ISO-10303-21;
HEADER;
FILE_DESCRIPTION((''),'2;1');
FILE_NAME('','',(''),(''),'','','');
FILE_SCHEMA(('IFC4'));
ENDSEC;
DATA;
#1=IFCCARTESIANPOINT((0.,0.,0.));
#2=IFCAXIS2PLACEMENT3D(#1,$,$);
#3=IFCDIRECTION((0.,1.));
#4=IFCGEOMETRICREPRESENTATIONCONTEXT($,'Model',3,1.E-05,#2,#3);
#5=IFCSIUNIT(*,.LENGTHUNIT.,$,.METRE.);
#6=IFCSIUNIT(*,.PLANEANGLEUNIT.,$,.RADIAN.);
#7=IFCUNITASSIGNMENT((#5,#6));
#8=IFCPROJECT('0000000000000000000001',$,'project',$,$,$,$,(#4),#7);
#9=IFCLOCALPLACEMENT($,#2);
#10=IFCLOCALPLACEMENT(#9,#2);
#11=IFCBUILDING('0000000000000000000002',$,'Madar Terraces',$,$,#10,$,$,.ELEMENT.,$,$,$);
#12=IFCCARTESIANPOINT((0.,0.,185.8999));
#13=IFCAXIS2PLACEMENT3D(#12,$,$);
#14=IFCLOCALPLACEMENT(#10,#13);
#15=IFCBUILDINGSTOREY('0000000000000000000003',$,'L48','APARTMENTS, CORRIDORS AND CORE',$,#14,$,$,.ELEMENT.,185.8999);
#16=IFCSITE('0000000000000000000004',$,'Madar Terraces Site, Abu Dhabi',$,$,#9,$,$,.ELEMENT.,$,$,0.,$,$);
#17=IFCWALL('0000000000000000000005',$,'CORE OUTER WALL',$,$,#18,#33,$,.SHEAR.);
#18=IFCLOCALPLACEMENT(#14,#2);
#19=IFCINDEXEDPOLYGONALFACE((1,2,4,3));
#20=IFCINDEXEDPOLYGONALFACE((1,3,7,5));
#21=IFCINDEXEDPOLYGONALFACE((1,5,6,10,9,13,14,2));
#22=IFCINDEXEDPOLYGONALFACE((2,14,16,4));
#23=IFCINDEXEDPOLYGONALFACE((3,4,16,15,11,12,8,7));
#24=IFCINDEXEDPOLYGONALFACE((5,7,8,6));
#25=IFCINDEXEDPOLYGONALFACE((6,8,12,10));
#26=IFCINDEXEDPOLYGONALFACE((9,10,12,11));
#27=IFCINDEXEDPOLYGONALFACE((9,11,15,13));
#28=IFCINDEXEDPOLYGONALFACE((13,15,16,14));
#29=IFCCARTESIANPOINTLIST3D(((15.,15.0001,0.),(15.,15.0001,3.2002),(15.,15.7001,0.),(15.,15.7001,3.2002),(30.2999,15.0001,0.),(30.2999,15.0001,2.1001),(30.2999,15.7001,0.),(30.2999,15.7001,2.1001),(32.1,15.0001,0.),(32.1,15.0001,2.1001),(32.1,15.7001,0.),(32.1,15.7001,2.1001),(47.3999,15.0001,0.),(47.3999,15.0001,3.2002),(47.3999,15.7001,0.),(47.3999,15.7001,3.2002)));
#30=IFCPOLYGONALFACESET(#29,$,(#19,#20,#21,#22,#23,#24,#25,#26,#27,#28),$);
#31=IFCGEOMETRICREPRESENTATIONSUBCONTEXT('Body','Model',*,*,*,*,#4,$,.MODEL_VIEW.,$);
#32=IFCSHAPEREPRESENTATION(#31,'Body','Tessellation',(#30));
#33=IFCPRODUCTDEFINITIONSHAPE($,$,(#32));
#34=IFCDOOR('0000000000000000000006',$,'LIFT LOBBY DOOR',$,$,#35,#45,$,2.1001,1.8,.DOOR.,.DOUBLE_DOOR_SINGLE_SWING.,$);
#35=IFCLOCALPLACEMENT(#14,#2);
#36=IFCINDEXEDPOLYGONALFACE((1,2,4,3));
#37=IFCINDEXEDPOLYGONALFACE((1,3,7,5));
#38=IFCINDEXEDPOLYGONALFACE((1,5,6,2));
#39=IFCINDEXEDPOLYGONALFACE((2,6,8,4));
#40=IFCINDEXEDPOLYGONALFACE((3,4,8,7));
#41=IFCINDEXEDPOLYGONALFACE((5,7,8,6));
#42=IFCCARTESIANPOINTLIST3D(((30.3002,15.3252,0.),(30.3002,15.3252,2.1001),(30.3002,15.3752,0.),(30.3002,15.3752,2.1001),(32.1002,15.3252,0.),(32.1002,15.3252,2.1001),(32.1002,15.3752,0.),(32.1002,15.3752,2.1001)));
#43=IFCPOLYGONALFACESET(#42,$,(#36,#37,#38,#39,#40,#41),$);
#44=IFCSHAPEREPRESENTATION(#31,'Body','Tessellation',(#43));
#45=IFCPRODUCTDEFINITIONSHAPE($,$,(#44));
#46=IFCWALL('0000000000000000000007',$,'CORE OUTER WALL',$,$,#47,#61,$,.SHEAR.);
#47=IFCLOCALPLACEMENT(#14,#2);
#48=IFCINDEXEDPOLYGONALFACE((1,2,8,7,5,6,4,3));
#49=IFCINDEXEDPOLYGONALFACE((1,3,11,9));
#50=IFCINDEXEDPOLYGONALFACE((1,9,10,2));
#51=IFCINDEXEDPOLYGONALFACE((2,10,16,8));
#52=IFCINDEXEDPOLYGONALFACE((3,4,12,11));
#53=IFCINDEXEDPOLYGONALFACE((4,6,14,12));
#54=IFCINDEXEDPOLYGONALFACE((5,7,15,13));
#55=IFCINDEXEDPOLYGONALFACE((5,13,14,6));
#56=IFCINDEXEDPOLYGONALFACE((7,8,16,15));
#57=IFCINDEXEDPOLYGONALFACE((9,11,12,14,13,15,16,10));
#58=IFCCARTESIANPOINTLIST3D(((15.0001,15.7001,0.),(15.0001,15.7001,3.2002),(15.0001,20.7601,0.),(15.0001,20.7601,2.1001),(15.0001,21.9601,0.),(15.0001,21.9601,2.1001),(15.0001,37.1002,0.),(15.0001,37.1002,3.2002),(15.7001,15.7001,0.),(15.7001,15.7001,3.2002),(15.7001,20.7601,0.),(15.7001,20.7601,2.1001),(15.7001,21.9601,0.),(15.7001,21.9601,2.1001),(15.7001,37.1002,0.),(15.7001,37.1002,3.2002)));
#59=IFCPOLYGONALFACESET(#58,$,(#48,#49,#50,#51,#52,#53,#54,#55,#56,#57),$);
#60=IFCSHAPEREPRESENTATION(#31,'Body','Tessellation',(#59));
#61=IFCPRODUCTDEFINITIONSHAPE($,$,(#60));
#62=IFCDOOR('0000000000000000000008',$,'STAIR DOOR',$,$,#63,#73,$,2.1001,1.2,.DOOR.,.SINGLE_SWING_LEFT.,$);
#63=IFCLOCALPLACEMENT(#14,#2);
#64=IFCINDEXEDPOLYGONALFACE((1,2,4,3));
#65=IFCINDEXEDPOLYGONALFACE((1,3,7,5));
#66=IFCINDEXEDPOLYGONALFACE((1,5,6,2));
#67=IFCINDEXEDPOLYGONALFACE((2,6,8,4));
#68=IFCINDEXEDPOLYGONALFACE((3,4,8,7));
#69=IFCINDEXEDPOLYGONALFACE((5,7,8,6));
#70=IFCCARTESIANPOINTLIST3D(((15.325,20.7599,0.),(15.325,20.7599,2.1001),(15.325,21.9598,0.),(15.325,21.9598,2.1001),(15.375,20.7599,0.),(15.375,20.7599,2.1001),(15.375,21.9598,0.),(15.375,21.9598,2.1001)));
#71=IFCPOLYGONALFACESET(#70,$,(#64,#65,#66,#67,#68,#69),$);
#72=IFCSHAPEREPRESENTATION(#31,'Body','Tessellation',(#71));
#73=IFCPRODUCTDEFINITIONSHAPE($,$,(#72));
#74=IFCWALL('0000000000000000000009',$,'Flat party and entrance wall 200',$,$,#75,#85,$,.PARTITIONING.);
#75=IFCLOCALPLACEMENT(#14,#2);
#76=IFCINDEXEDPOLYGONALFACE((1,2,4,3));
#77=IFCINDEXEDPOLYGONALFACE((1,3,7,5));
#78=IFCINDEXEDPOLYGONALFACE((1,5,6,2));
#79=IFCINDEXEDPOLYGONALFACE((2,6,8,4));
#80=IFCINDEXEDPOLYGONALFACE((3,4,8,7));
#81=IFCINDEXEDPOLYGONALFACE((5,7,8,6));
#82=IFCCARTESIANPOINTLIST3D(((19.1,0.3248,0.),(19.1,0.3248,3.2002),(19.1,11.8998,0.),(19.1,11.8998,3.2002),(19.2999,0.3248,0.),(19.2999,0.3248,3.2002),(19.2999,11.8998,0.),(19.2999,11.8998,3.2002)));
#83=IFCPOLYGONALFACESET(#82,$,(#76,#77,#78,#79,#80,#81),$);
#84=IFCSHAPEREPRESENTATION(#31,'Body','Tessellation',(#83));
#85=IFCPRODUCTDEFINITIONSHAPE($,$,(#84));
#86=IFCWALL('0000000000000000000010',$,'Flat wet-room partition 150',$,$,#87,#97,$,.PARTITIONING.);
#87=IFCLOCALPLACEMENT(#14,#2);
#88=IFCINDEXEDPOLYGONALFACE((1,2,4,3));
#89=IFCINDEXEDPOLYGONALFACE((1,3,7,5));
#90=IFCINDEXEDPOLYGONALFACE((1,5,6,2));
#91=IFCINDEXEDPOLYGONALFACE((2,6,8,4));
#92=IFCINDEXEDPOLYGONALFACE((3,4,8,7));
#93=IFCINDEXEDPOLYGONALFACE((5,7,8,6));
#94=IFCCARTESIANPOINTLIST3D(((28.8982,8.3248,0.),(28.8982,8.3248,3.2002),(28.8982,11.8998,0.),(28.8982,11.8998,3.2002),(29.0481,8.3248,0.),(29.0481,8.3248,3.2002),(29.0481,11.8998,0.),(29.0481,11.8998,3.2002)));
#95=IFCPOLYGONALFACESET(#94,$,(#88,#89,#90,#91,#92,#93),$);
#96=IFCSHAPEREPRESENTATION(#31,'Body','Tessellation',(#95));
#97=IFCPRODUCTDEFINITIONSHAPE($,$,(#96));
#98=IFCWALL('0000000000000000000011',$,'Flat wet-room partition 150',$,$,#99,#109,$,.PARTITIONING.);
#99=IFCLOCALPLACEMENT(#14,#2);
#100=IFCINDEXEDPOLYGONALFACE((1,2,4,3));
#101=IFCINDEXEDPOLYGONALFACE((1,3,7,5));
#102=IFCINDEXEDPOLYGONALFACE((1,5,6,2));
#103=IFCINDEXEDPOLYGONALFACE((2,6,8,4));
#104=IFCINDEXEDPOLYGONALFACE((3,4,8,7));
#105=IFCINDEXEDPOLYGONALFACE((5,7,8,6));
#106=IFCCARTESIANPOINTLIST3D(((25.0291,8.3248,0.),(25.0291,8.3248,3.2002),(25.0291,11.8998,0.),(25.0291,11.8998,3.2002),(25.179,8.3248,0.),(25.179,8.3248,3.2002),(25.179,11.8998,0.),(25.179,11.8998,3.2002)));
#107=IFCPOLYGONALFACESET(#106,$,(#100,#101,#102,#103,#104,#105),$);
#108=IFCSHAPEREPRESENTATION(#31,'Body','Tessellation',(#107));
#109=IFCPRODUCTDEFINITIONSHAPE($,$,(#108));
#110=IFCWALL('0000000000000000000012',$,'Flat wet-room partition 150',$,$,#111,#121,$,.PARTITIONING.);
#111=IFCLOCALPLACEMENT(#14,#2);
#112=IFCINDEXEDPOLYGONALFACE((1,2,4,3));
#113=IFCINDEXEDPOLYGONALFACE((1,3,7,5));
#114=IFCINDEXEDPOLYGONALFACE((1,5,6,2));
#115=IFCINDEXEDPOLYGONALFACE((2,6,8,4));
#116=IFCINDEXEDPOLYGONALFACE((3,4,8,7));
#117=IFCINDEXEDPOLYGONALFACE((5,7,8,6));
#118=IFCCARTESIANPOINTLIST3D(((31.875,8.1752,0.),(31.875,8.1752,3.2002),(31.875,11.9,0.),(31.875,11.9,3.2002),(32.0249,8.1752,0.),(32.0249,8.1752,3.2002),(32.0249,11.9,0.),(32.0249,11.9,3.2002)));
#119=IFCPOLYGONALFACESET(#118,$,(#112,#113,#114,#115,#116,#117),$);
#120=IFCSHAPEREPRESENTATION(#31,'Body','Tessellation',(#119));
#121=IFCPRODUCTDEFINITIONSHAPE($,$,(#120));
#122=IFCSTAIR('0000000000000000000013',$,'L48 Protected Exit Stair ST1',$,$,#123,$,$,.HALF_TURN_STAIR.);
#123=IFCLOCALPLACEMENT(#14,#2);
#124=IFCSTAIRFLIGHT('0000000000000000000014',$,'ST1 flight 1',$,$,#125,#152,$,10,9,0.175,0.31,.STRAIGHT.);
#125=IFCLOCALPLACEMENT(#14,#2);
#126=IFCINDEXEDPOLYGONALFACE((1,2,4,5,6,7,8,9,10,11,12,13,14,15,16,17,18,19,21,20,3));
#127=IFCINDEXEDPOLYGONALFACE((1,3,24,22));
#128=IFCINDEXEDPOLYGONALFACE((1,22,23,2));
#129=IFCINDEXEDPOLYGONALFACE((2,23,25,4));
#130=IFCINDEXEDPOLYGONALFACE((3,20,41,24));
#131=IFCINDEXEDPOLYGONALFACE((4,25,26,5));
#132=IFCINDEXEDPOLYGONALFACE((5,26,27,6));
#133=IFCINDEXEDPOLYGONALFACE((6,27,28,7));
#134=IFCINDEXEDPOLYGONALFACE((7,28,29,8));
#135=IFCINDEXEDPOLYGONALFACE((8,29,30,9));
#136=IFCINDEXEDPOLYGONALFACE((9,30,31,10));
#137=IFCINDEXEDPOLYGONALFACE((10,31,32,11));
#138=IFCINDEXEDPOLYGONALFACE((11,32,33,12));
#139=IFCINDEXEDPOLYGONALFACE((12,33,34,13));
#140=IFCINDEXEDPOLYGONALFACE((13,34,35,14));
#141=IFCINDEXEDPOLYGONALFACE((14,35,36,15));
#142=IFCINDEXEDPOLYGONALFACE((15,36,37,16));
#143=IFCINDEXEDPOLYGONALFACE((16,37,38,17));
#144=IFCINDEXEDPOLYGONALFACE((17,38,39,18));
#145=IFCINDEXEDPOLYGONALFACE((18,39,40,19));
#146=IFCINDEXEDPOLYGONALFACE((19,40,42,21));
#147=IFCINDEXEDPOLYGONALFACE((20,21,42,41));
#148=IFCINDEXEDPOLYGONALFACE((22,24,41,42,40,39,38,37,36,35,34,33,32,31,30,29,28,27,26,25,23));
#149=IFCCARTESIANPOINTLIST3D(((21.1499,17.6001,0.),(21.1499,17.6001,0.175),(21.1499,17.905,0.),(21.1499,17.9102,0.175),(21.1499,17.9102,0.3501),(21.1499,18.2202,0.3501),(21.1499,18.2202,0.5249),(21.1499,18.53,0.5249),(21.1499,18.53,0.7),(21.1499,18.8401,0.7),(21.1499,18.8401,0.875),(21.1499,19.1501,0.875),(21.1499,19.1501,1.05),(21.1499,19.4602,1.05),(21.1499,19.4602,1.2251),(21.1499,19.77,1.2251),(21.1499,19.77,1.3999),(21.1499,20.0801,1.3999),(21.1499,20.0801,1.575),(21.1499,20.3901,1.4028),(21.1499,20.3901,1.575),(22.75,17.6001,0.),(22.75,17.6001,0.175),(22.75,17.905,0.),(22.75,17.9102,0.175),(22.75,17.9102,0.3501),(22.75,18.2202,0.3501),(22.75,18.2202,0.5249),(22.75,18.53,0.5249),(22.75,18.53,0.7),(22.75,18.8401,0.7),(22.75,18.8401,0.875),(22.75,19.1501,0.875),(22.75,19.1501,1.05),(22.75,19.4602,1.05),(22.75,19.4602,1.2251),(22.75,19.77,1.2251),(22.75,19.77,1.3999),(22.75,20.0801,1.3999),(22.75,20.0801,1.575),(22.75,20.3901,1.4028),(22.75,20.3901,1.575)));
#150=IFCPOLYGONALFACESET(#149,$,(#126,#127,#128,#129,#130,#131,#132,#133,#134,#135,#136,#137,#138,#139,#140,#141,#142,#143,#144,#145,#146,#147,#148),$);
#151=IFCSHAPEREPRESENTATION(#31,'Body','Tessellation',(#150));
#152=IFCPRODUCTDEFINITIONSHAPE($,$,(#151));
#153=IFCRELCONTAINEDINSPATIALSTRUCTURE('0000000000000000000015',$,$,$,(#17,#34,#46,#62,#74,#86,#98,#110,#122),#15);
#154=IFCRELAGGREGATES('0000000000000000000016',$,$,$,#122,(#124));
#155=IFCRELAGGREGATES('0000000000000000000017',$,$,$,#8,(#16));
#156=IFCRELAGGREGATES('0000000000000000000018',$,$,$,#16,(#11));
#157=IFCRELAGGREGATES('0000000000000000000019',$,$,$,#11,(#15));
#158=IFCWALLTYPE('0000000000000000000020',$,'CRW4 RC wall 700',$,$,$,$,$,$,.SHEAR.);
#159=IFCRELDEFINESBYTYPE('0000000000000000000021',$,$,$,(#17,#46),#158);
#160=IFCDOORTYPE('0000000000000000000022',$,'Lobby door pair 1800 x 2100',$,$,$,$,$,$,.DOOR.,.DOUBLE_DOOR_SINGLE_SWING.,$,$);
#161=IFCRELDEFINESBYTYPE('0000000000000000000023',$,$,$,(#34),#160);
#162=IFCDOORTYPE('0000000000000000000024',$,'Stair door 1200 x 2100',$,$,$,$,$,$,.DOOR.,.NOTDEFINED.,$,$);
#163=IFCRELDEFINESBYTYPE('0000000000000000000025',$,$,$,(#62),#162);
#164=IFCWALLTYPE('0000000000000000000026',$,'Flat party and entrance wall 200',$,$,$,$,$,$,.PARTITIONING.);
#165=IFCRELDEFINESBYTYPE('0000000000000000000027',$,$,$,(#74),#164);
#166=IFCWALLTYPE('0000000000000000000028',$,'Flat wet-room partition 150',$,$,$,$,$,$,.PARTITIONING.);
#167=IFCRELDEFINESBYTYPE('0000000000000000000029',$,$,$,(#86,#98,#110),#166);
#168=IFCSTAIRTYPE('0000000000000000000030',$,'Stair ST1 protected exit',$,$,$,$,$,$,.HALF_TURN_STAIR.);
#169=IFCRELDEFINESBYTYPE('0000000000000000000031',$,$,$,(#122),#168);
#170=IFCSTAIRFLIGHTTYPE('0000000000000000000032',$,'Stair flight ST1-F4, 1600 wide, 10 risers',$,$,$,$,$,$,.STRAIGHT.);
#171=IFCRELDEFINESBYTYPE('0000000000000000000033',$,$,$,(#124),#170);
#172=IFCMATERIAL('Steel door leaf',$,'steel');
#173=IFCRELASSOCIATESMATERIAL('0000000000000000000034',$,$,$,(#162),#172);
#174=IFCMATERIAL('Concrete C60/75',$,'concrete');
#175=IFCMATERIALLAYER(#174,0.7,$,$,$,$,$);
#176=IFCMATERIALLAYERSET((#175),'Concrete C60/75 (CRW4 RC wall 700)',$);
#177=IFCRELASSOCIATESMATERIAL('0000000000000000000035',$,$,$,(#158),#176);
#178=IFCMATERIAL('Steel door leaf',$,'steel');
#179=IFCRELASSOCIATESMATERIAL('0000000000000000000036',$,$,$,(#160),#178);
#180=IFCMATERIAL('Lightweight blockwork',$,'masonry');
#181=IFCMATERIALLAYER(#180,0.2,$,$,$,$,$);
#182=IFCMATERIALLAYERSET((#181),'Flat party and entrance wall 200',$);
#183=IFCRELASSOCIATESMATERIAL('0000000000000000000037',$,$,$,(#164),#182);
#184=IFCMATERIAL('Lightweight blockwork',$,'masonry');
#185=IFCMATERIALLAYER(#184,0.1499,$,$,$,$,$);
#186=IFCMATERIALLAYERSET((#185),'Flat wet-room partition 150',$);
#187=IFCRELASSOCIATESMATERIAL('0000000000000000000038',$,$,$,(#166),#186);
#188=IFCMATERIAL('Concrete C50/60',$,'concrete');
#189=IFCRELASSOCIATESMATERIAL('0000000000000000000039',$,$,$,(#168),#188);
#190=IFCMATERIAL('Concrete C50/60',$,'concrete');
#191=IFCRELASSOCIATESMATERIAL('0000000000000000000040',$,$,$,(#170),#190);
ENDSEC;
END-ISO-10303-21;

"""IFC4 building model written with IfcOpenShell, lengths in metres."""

from ifc_helpers import new_model, si_unit, direction, frame, frame_2d, origin, place, context, subcontext, project, spatial, polyline, rectangle, outline, extrude, material, layer, layer_set, type_object, element, fill, aggregate, save


model = new_model("IFC4")

# Units and contexts
model_context = context("Model", 3, precision=1e-05, world=origin(), true_north=direction((0.0, 1.0)))
body_context = subcontext(model_context, "Body", "Model", "MODEL_VIEW")
ifc_project = project(units=[si_unit("LENGTHUNIT", "METRE"), si_unit("PLANEANGLEUNIT", "RADIAN")], contexts=[model_context])

# Site, building, storey
site_placement = place(None, origin())
site = spatial("IfcSite", under=ifc_project, at=site_placement, Name="Madar Terraces Site, Abu Dhabi", CompositionType="ELEMENT", RefElevation=0.0)
building_placement = place(site_placement, origin())
building = spatial("IfcBuilding", under=site, at=building_placement, Name="Madar Terraces", CompositionType="ELEMENT")
storey_placement = place(building_placement, frame((0.0, 0.0, 185.8999)))
storey = spatial("IfcBuildingStorey", under=building, at=storey_placement, Name="L48", Description="APARTMENTS, CORRIDORS AND CORE", CompositionType="ELEMENT", Elevation=185.8999)

# Shared definitions
ifc_material_1 = material(Name="Steel door leaf", Category="steel")
door_type_1 = type_object("IfcDoorType", Name="Stair door 1200 x 2100", OperationType="NOTDEFINED", PredefinedType="DOOR", material=ifc_material_1)

# Walls, openings, doors
ifc_material_2 = material(Name="Concrete C60/75", Category="concrete")
ifc_layer_1 = layer(ifc_material_2, 0.7)
ifc_layer_set_1 = layer_set([ifc_layer_1], Name="Concrete C60/75 (CRW4 RC wall 700)")
wall_type_1 = type_object("IfcWallType", Name="CRW4 RC wall 700", PredefinedType="SHEAR", material=ifc_layer_set_1)
wall_1_placement = place(storey_placement, frame((15.0, 15.3501, 0.0), z_axis=(0.0, 0.0, 1.0), x_axis=(1.0, 0.0, 0.0)))
wall_1 = element("IfcWall", 1, at=wall_1_placement, inside=storey, type_object=wall_type_1, Name="CORE OUTER WALL", PredefinedType="SHEAR", context=body_context, shape_type="SweptSolid", body=[
    extrude(rectangle(XDim=32.3999, YDim=0.7, at=frame_2d((16.2, 0.0))), origin(), (0.0, 0.0, 1.0), 3.2002),
])
opening_1_placement = place(wall_1_placement, frame((15.3, 0.0, 0.0)))
opening_1 = element("IfcOpeningElement", 2, at=opening_1_placement, cuts=wall_1, PredefinedType="OPENING", context=body_context, shape_type="SweptSolid", body=[
    extrude(rectangle(XDim=1.8, YDim=2.1001, at=frame_2d((0.8999, 1.05))), frame((0.0, 0.3599, 0.0), z_axis=(0.0, -1.0, 0.0), x_axis=(1.0, 0.0, 0.0)), (0.0, 0.0, 1.0), 0.72),
])
ifc_material_3 = material(Name="Steel door leaf", Category="steel")
door_type_2 = type_object("IfcDoorType", Name="Lobby door pair 1800 x 2100", OperationType="DOUBLE_DOOR_SINGLE_SWING", PredefinedType="DOOR", material=ifc_material_3)
door_1_placement = place(opening_1_placement, frame((1.8, 0.0, 0.0), z_axis=(0.0, 0.0, 1.0), x_axis=(-1.0, 0.0, 0.0)))
door_1 = element("IfcDoor", 3, at=door_1_placement, inside=storey, type_object=door_type_2, Name="LIFT LOBBY DOOR", OperationType="DOUBLE_DOOR_SINGLE_SWING", OverallHeight=2.1001, OverallWidth=1.8, PredefinedType="DOOR", context=body_context, shape_type="SweptSolid", body=[
    extrude(rectangle(XDim=1.8, YDim=2.1001, at=frame_2d((0.8999, 1.05))), frame((0.0, 0.0249, 0.0), z_axis=(0.0, -1.0, 0.0), x_axis=(1.0, 0.0, 0.0)), (0.0, 0.0, 1.0), 0.05),
])
fill(opening_1, door_1)
wall_2_placement = place(storey_placement, frame((15.3501, 15.7, 0.0), z_axis=(0.0, 0.0, 1.0), x_axis=(0.0, 1.0, 0.0)))
wall_2 = element("IfcWall", 4, at=wall_2_placement, inside=storey, type_object=wall_type_1, Name="CORE OUTER WALL", PredefinedType="SHEAR", context=body_context, shape_type="SweptSolid", body=[
    extrude(rectangle(XDim=21.4001, YDim=0.7, at=frame_2d((10.7002, 0.0))), origin(), (0.0, 0.0, 1.0), 3.2002),
])
opening_2_placement = place(wall_2_placement, frame((5.0601, 0.0, 0.0)))
opening_2 = element("IfcOpeningElement", 5, at=opening_2_placement, cuts=wall_2, PredefinedType="OPENING", context=body_context, shape_type="SweptSolid", body=[
    extrude(rectangle(XDim=1.2, YDim=2.1001, at=frame_2d((0.6001, 1.05))), frame((0.0, 0.3599, 0.0), z_axis=(0.0, -1.0, 0.0), x_axis=(1.0, 0.0, 0.0)), (0.0, 0.0, 1.0), 0.72),
])
door_2_placement = place(opening_2_placement, frame((1.2, 0.0, 0.0), z_axis=(0.0, 0.0, 1.0), x_axis=(-1.0, 0.0, 0.0)))
door_2 = element("IfcDoor", 6, at=door_2_placement, inside=storey, type_object=door_type_1, Name="STAIR DOOR", OperationType="SINGLE_SWING_LEFT", OverallHeight=2.1001, OverallWidth=1.2, PredefinedType="DOOR", context=body_context, shape_type="SweptSolid", body=[
    extrude(rectangle(XDim=1.2, YDim=2.1001, at=frame_2d((0.6001, 1.05))), frame((0.0, 0.0249, 0.0), z_axis=(0.0, -1.0, 0.0), x_axis=(1.0, 0.0, 0.0)), (0.0, 0.0, 1.0), 0.05),
])
fill(opening_2, door_2)

# Walls
ifc_material_4 = material(Name="Lightweight blockwork", Category="masonry")
ifc_layer_2 = layer(ifc_material_4, 0.2)
ifc_layer_set_2 = layer_set([ifc_layer_2], Name="Flat party and entrance wall 200")
wall_type_2 = type_object("IfcWallType", Name="Flat party and entrance wall 200", PredefinedType="PARTITIONING", material=ifc_layer_set_2)
wall_3_placement = place(storey_placement, frame((19.2, 11.8999, 0.0), z_axis=(0.0, 0.0, 1.0), x_axis=(0.0, -1.0, 0.0)))
element("IfcWall", 7, at=wall_3_placement, inside=storey, type_object=wall_type_2, Name="Flat party and entrance wall 200", PredefinedType="PARTITIONING", context=body_context, shape_type="SweptSolid", body=[
    extrude(rectangle(XDim=11.575, YDim=0.2, at=frame_2d((5.7876, 0.0))), origin(), (0.0, 0.0, 1.0), 3.2002),
])
ifc_material_5 = material(Name="Lightweight blockwork", Category="masonry")
ifc_layer_3 = layer(ifc_material_5, 0.1499)
ifc_layer_set_3 = layer_set([ifc_layer_3], Name="Flat wet-room partition 150")
wall_type_3 = type_object("IfcWallType", Name="Flat wet-room partition 150", PredefinedType="PARTITIONING", material=ifc_layer_set_3)
for number, where, z_axis, x_axis, name in (
    (8, (28.9731, 11.8999, 0.0), (0.0, 0.0, 1.0), (0.0, -1.0, 0.0), "Flat wet-room partition 150"),
    (9, (25.104, 11.8999, 0.0), (0.0, 0.0, 1.0), (0.0, -1.0, 0.0), "Flat wet-room partition 150"),
):
    element("IfcWall", number, at=place(storey_placement, frame(where, z_axis=z_axis, x_axis=x_axis)), inside=storey, type_object=wall_type_3, Name=name, PredefinedType="PARTITIONING", context=body_context, shape_type="SweptSolid", body=[
        extrude(rectangle(XDim=3.575, YDim=0.1499, at=frame_2d((1.7876, 0.0))), origin(), (0.0, 0.0, 1.0), 3.2002),
    ])
wall_4_placement = place(storey_placement, frame((31.95, 11.8999, 0.0), z_axis=(0.0, 0.0, 1.0), x_axis=(0.0, -1.0, 0.0)))
element("IfcWall", 10, at=wall_4_placement, inside=storey, type_object=wall_type_3, Name="Flat wet-room partition 150", PredefinedType="PARTITIONING", context=body_context, shape_type="SweptSolid", body=[
    extrude(rectangle(XDim=3.7249, YDim=0.1499, at=frame_2d((1.8623, 0.0))), origin(), (0.0, 0.0, 1.0), 3.2002),
])

# Stair, stair flight
ifc_material_6 = material(Name="Concrete C50/60", Category="concrete")
stair_type = type_object("IfcStairType", Name="Stair ST1 protected exit", PredefinedType="HALF_TURN_STAIR", material=ifc_material_6)
stair_placement = place(storey_placement, origin())
stair = element("IfcStair", 11, at=stair_placement, inside=storey, type_object=stair_type, Name="L48 Protected Exit Stair ST1", PredefinedType="HALF_TURN_STAIR")
ifc_material_7 = material(Name="Concrete C50/60", Category="concrete")
stair_flight_type = type_object("IfcStairFlightType", Name="Stair flight ST1-F4, 1600 wide, 10 risers", PredefinedType="STRAIGHT", material=ifc_material_7)
stair_flight_1_placement = place(storey_placement, frame((21.95, 17.6001, 0.0), z_axis=(0.0, 0.0, 1.0), x_axis=(0.0, 1.0, 0.0)))
stair_flight_1 = element("IfcStairFlight", 12, at=stair_flight_1_placement, type_object=stair_flight_type, Name="ST1 flight 1", NumberOfRisers=10, NumberOfTreads=9, PredefinedType="STRAIGHT", RiserHeight=0.175, TreadLength=0.31, context=body_context, shape_type="SweptSolid", body=[
    extrude(outline(polyline([(0.0, 0.0), (0.0, 0.175), (0.3101, 0.175), (0.3101, 0.3501), (0.6201, 0.3501), (0.6201, 0.5249), (0.9299, 0.5249), (0.9299, 0.7), (1.24, 0.7), (1.24, 0.875), (1.55, 0.875), (1.55, 1.05), (1.8601, 1.05), (1.8601, 1.2251), (2.1699, 1.2251), (2.1699, 1.3999), (2.48, 1.3999), (2.48, 1.575), (2.79, 1.575), (2.79, 1.75), (2.79, 1.4028), (0.3049, 0.0), (0.0, 0.0)])), frame((0.0, 0.8, 0.0), z_axis=(0.0, -1.0, 0.0), x_axis=(1.0, 0.0, 0.0)), (0.0, 0.0, 1.0), 1.6001),
])
aggregate(stair, [stair_flight_1])

save(model, "model.ifc")
